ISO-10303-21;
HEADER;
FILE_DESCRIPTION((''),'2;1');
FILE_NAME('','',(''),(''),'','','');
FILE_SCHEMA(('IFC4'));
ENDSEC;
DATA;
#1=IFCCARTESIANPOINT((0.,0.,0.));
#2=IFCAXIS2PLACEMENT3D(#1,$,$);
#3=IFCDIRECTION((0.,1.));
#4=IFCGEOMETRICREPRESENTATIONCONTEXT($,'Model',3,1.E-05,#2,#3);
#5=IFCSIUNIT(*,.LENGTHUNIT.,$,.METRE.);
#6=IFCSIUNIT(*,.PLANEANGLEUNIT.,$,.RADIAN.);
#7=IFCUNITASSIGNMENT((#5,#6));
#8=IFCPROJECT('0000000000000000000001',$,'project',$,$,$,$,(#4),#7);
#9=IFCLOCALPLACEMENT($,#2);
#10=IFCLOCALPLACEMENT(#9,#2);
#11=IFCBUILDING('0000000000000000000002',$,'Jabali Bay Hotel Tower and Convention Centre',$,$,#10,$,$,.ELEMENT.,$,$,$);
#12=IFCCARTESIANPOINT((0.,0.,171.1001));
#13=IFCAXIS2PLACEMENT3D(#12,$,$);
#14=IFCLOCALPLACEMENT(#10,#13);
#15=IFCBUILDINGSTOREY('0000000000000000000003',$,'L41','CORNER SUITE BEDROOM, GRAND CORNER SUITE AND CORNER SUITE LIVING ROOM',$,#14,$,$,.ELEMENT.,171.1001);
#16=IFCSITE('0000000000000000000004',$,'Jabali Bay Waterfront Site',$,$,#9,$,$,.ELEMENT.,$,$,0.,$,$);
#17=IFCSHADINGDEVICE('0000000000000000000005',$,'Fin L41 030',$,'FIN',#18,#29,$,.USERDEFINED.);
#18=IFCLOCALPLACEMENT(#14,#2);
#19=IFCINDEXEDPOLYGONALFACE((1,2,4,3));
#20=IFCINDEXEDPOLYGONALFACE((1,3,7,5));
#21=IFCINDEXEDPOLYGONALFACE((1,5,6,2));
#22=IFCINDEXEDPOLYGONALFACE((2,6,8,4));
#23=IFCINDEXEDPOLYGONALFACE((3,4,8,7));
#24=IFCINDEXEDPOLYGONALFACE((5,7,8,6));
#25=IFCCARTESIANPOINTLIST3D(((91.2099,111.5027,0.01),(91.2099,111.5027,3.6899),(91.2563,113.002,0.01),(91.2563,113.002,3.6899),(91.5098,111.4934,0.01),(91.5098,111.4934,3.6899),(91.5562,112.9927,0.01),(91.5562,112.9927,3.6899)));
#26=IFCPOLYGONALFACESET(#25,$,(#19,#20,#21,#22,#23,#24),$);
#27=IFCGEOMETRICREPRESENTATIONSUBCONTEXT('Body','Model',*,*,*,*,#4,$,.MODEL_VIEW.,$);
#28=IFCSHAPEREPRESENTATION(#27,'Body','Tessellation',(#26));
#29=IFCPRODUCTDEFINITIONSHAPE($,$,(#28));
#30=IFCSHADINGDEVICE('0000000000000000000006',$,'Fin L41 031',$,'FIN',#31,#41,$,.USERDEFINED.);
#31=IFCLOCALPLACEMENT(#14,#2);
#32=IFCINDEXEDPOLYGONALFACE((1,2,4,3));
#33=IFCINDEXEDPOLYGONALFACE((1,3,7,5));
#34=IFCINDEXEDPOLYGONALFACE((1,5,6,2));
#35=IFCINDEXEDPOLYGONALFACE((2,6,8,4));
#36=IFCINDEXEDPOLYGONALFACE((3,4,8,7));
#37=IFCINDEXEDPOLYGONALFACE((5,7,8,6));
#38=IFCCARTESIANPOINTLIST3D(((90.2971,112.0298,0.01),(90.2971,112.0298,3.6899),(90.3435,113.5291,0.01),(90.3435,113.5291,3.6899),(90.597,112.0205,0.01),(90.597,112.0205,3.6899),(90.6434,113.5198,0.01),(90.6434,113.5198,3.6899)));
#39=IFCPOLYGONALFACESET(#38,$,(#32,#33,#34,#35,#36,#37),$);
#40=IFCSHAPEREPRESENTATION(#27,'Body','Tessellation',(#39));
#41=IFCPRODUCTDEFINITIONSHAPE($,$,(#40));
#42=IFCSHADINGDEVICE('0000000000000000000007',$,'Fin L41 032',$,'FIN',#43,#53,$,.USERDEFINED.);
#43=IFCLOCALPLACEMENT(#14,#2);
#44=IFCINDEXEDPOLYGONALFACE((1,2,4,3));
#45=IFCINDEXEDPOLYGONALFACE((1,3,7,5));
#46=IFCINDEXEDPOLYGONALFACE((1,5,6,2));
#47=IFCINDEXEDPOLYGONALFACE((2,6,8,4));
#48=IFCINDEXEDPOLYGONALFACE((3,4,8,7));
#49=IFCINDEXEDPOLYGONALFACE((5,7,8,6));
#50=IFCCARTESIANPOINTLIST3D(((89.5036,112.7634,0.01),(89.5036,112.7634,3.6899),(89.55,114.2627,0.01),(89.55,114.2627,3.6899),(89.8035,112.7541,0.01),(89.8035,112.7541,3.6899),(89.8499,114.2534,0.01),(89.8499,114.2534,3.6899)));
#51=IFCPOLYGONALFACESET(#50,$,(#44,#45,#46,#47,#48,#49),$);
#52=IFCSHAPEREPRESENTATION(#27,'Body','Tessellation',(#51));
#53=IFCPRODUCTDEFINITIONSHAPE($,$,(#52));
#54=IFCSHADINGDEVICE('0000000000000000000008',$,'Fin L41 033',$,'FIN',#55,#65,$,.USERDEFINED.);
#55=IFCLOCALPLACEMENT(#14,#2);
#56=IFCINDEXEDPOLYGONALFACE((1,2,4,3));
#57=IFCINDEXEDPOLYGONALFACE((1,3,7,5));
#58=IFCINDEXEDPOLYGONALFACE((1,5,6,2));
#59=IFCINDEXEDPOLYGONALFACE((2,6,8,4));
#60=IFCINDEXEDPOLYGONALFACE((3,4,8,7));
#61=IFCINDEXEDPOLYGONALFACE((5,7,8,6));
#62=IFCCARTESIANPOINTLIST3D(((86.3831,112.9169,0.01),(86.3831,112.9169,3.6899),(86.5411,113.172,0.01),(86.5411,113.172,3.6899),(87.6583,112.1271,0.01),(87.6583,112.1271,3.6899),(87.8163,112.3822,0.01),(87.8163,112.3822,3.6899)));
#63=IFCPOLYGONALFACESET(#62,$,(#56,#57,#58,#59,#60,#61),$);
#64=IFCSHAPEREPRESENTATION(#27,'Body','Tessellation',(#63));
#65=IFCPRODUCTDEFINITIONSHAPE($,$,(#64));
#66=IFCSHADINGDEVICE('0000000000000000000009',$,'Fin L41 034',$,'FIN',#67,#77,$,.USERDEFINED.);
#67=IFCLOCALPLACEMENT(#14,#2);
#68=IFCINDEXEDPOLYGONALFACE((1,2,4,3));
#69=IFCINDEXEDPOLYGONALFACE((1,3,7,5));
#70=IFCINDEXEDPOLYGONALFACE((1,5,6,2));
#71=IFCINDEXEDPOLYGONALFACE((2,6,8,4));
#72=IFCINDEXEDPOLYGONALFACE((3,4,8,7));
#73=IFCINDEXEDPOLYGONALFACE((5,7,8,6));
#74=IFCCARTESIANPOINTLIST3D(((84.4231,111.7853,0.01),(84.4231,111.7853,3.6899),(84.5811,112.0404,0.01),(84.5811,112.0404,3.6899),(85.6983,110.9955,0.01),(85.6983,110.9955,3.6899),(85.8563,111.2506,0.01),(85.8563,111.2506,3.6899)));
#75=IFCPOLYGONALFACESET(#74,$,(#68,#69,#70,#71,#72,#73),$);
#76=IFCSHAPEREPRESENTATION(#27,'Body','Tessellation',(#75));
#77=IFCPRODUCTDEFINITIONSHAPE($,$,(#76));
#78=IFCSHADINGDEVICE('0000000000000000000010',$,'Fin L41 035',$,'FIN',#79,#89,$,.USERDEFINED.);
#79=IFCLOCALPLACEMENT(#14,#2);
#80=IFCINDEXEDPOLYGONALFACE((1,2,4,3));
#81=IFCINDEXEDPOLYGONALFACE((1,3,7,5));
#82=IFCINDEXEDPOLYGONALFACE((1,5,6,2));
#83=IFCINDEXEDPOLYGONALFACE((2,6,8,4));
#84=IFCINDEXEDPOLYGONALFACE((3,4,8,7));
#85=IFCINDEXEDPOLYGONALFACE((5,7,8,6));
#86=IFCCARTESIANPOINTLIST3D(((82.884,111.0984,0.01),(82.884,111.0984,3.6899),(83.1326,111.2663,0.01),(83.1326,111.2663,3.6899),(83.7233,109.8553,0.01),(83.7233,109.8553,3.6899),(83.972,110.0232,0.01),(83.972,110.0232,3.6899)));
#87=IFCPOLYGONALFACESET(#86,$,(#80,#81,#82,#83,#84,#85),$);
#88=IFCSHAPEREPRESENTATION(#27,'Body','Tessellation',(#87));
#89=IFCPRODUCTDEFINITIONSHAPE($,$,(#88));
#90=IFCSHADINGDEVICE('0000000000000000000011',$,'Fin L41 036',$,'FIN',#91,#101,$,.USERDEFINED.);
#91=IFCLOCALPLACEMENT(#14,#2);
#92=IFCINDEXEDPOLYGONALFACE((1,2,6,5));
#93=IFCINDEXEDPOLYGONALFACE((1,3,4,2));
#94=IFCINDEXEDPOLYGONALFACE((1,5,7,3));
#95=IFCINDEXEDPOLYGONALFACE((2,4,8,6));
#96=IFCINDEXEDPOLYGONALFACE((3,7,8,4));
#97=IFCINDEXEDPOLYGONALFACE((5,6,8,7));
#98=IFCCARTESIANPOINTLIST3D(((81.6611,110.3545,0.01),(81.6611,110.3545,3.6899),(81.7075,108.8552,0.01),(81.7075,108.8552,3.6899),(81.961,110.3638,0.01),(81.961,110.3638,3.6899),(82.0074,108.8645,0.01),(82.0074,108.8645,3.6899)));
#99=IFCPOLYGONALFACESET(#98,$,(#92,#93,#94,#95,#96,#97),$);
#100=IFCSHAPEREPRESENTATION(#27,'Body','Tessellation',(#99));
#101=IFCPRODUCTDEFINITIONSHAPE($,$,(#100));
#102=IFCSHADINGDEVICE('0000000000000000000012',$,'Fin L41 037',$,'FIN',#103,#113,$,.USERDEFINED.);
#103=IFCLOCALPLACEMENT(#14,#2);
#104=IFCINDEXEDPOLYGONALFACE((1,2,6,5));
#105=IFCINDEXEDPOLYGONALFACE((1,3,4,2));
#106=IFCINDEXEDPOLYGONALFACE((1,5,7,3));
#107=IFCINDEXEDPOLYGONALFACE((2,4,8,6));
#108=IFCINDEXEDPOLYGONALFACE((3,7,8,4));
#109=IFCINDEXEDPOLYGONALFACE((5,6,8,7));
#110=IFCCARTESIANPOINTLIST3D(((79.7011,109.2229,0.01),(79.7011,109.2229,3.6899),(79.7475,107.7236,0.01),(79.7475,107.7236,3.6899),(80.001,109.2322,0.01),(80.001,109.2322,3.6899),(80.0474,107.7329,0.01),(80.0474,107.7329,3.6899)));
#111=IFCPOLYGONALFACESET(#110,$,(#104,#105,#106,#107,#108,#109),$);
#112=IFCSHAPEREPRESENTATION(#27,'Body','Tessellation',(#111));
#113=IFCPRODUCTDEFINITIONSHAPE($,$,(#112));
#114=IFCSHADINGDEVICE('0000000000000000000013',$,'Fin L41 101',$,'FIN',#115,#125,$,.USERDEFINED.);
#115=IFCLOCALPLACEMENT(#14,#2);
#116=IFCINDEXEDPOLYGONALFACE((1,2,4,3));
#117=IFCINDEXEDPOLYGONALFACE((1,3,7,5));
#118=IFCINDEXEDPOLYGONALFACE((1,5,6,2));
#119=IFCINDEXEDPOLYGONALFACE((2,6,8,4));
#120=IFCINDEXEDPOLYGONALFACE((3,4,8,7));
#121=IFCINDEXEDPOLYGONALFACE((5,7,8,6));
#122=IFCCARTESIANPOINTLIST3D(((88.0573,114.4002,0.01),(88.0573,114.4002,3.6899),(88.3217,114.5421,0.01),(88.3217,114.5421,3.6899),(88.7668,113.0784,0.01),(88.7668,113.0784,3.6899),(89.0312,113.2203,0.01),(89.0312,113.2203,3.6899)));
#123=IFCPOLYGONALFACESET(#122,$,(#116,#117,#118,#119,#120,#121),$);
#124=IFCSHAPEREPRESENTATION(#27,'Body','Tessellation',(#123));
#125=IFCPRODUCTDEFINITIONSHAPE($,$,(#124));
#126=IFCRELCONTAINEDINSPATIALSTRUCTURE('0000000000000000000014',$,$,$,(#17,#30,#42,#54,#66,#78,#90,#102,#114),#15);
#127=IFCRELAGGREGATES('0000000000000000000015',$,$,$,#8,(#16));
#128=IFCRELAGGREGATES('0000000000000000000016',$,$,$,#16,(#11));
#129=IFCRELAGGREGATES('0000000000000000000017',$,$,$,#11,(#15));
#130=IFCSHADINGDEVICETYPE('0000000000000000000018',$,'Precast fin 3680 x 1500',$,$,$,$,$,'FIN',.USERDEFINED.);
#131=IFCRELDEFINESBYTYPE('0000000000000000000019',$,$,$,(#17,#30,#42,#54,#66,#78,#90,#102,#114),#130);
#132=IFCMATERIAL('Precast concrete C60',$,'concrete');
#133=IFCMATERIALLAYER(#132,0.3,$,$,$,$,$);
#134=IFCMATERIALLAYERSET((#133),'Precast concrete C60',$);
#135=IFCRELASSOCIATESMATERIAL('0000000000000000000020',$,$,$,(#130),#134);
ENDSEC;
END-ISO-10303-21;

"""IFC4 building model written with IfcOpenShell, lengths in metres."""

from ifc_helpers import new_model, si_unit, direction, frame, frame_2d, origin, place, context, subcontext, project, spatial, rectangle, extrude, material, layer, layer_set, type_object, element, save


model = new_model("IFC4")

# Units and contexts
model_context = context("Model", 3, precision=1e-05, world=origin(), true_north=direction((0.0, 1.0)))
body_context = subcontext(model_context, "Body", "Model", "MODEL_VIEW")
ifc_project = project(units=[si_unit("LENGTHUNIT", "METRE"), si_unit("PLANEANGLEUNIT", "RADIAN")], contexts=[model_context])

# Site, building, storey
site_placement = place(None, origin())
site = spatial("IfcSite", under=ifc_project, at=site_placement, Name="Jabali Bay Waterfront Site", CompositionType="ELEMENT", RefElevation=0.0)
building_placement = place(site_placement, origin())
building = spatial("IfcBuilding", under=site, at=building_placement, Name="Jabali Bay Hotel Tower and Convention Centre", CompositionType="ELEMENT")
storey_placement = place(building_placement, frame((0.0, 0.0, 171.1001)))
storey = spatial("IfcBuildingStorey", under=building, at=storey_placement, Name="L41", Description="CORNER SUITE BEDROOM, GRAND CORNER SUITE AND CORNER SUITE LIVING ROOM", CompositionType="ELEMENT", Elevation=171.1001)

# Shading devices
ifc_material_1 = material(Name="Precast concrete C60", Category="concrete")
ifc_layer_1 = layer(ifc_material_1, 0.3)
ifc_layer_set_1 = layer_set([ifc_layer_1], Name="Precast concrete C60")
shading_device_type = type_object("IfcShadingDeviceType", Name="Precast fin 3680 x 1500", ElementType="FIN", PredefinedType="USERDEFINED", material=ifc_layer_set_1)
for number, where, z_axis, x_axis, name in (
    (1, (91.3599, 111.498, 0.01), (0.0, 0.0, 1.0), (0.030925, 0.999522, 0.0), "Fin L41 030"),
    (2, (90.447, 112.0251, 0.01), (0.0, 0.0, 1.0), (0.030925, 0.999522, 0.0), "Fin L41 031"),
    (3, (89.6536, 112.7588, 0.01), (0.0, 0.0, 1.0), (0.030925, 0.999522, 0.0), "Fin L41 032"),
    (4, (87.7373, 112.2546, 0.01), (0.0, 0.0, 1.0), (-0.85014, 0.526556, 0.0), "Fin L41 033"),
    (5, (85.7773, 111.123, 0.01), (0.0, 0.0, 1.0), (-0.85014, 0.526556, 0.0), "Fin L41 034"),
    (6, (83.8477, 109.9392, 0.01), (0.0, 0.0, 1.0), (-0.559573, 0.828781, 0.0), "Fin L41 035"),
    (7, (81.8574, 108.8599, 0.01), (0.0, 0.0, 1.0), (-0.030925, 0.999522, 0.0), "Fin L41 036"),
    (8, (79.8975, 107.7283, 0.01), (0.0, 0.0, 1.0), (-0.030925, 0.999522, 0.0), "Fin L41 037"),
):
    element("IfcShadingDevice", number, at=place(storey_placement, frame(where, z_axis=z_axis, x_axis=x_axis)), inside=storey, type_object=shading_device_type, Name=name, ObjectType="FIN", PredefinedType="USERDEFINED", context=body_context, shape_type="SweptSolid", body=[
        extrude(rectangle(XDim=1.5, YDim=0.3, at=frame_2d((0.75, 0.0))), origin(), (0.0, 0.0, 1.0), 3.6799),
    ])
shading_device_placement = place(storey_placement, frame((88.8989, 113.1494, 0.01), z_axis=(0.0, 0.0, 1.0), x_axis=(-0.472935, 0.881097, 0.0)))
element("IfcShadingDevice", 9, at=shading_device_placement, inside=storey, type_object=shading_device_type, Name="Fin L41 101", ObjectType="FIN", PredefinedType="USERDEFINED", context=body_context, shape_type="SweptSolid", body=[
    extrude(rectangle(XDim=1.5002, YDim=0.3, at=frame_2d((0.75, 0.0))), origin(), (0.0, 0.0, 1.0), 3.6799),
])

save(model, "model.ifc")
